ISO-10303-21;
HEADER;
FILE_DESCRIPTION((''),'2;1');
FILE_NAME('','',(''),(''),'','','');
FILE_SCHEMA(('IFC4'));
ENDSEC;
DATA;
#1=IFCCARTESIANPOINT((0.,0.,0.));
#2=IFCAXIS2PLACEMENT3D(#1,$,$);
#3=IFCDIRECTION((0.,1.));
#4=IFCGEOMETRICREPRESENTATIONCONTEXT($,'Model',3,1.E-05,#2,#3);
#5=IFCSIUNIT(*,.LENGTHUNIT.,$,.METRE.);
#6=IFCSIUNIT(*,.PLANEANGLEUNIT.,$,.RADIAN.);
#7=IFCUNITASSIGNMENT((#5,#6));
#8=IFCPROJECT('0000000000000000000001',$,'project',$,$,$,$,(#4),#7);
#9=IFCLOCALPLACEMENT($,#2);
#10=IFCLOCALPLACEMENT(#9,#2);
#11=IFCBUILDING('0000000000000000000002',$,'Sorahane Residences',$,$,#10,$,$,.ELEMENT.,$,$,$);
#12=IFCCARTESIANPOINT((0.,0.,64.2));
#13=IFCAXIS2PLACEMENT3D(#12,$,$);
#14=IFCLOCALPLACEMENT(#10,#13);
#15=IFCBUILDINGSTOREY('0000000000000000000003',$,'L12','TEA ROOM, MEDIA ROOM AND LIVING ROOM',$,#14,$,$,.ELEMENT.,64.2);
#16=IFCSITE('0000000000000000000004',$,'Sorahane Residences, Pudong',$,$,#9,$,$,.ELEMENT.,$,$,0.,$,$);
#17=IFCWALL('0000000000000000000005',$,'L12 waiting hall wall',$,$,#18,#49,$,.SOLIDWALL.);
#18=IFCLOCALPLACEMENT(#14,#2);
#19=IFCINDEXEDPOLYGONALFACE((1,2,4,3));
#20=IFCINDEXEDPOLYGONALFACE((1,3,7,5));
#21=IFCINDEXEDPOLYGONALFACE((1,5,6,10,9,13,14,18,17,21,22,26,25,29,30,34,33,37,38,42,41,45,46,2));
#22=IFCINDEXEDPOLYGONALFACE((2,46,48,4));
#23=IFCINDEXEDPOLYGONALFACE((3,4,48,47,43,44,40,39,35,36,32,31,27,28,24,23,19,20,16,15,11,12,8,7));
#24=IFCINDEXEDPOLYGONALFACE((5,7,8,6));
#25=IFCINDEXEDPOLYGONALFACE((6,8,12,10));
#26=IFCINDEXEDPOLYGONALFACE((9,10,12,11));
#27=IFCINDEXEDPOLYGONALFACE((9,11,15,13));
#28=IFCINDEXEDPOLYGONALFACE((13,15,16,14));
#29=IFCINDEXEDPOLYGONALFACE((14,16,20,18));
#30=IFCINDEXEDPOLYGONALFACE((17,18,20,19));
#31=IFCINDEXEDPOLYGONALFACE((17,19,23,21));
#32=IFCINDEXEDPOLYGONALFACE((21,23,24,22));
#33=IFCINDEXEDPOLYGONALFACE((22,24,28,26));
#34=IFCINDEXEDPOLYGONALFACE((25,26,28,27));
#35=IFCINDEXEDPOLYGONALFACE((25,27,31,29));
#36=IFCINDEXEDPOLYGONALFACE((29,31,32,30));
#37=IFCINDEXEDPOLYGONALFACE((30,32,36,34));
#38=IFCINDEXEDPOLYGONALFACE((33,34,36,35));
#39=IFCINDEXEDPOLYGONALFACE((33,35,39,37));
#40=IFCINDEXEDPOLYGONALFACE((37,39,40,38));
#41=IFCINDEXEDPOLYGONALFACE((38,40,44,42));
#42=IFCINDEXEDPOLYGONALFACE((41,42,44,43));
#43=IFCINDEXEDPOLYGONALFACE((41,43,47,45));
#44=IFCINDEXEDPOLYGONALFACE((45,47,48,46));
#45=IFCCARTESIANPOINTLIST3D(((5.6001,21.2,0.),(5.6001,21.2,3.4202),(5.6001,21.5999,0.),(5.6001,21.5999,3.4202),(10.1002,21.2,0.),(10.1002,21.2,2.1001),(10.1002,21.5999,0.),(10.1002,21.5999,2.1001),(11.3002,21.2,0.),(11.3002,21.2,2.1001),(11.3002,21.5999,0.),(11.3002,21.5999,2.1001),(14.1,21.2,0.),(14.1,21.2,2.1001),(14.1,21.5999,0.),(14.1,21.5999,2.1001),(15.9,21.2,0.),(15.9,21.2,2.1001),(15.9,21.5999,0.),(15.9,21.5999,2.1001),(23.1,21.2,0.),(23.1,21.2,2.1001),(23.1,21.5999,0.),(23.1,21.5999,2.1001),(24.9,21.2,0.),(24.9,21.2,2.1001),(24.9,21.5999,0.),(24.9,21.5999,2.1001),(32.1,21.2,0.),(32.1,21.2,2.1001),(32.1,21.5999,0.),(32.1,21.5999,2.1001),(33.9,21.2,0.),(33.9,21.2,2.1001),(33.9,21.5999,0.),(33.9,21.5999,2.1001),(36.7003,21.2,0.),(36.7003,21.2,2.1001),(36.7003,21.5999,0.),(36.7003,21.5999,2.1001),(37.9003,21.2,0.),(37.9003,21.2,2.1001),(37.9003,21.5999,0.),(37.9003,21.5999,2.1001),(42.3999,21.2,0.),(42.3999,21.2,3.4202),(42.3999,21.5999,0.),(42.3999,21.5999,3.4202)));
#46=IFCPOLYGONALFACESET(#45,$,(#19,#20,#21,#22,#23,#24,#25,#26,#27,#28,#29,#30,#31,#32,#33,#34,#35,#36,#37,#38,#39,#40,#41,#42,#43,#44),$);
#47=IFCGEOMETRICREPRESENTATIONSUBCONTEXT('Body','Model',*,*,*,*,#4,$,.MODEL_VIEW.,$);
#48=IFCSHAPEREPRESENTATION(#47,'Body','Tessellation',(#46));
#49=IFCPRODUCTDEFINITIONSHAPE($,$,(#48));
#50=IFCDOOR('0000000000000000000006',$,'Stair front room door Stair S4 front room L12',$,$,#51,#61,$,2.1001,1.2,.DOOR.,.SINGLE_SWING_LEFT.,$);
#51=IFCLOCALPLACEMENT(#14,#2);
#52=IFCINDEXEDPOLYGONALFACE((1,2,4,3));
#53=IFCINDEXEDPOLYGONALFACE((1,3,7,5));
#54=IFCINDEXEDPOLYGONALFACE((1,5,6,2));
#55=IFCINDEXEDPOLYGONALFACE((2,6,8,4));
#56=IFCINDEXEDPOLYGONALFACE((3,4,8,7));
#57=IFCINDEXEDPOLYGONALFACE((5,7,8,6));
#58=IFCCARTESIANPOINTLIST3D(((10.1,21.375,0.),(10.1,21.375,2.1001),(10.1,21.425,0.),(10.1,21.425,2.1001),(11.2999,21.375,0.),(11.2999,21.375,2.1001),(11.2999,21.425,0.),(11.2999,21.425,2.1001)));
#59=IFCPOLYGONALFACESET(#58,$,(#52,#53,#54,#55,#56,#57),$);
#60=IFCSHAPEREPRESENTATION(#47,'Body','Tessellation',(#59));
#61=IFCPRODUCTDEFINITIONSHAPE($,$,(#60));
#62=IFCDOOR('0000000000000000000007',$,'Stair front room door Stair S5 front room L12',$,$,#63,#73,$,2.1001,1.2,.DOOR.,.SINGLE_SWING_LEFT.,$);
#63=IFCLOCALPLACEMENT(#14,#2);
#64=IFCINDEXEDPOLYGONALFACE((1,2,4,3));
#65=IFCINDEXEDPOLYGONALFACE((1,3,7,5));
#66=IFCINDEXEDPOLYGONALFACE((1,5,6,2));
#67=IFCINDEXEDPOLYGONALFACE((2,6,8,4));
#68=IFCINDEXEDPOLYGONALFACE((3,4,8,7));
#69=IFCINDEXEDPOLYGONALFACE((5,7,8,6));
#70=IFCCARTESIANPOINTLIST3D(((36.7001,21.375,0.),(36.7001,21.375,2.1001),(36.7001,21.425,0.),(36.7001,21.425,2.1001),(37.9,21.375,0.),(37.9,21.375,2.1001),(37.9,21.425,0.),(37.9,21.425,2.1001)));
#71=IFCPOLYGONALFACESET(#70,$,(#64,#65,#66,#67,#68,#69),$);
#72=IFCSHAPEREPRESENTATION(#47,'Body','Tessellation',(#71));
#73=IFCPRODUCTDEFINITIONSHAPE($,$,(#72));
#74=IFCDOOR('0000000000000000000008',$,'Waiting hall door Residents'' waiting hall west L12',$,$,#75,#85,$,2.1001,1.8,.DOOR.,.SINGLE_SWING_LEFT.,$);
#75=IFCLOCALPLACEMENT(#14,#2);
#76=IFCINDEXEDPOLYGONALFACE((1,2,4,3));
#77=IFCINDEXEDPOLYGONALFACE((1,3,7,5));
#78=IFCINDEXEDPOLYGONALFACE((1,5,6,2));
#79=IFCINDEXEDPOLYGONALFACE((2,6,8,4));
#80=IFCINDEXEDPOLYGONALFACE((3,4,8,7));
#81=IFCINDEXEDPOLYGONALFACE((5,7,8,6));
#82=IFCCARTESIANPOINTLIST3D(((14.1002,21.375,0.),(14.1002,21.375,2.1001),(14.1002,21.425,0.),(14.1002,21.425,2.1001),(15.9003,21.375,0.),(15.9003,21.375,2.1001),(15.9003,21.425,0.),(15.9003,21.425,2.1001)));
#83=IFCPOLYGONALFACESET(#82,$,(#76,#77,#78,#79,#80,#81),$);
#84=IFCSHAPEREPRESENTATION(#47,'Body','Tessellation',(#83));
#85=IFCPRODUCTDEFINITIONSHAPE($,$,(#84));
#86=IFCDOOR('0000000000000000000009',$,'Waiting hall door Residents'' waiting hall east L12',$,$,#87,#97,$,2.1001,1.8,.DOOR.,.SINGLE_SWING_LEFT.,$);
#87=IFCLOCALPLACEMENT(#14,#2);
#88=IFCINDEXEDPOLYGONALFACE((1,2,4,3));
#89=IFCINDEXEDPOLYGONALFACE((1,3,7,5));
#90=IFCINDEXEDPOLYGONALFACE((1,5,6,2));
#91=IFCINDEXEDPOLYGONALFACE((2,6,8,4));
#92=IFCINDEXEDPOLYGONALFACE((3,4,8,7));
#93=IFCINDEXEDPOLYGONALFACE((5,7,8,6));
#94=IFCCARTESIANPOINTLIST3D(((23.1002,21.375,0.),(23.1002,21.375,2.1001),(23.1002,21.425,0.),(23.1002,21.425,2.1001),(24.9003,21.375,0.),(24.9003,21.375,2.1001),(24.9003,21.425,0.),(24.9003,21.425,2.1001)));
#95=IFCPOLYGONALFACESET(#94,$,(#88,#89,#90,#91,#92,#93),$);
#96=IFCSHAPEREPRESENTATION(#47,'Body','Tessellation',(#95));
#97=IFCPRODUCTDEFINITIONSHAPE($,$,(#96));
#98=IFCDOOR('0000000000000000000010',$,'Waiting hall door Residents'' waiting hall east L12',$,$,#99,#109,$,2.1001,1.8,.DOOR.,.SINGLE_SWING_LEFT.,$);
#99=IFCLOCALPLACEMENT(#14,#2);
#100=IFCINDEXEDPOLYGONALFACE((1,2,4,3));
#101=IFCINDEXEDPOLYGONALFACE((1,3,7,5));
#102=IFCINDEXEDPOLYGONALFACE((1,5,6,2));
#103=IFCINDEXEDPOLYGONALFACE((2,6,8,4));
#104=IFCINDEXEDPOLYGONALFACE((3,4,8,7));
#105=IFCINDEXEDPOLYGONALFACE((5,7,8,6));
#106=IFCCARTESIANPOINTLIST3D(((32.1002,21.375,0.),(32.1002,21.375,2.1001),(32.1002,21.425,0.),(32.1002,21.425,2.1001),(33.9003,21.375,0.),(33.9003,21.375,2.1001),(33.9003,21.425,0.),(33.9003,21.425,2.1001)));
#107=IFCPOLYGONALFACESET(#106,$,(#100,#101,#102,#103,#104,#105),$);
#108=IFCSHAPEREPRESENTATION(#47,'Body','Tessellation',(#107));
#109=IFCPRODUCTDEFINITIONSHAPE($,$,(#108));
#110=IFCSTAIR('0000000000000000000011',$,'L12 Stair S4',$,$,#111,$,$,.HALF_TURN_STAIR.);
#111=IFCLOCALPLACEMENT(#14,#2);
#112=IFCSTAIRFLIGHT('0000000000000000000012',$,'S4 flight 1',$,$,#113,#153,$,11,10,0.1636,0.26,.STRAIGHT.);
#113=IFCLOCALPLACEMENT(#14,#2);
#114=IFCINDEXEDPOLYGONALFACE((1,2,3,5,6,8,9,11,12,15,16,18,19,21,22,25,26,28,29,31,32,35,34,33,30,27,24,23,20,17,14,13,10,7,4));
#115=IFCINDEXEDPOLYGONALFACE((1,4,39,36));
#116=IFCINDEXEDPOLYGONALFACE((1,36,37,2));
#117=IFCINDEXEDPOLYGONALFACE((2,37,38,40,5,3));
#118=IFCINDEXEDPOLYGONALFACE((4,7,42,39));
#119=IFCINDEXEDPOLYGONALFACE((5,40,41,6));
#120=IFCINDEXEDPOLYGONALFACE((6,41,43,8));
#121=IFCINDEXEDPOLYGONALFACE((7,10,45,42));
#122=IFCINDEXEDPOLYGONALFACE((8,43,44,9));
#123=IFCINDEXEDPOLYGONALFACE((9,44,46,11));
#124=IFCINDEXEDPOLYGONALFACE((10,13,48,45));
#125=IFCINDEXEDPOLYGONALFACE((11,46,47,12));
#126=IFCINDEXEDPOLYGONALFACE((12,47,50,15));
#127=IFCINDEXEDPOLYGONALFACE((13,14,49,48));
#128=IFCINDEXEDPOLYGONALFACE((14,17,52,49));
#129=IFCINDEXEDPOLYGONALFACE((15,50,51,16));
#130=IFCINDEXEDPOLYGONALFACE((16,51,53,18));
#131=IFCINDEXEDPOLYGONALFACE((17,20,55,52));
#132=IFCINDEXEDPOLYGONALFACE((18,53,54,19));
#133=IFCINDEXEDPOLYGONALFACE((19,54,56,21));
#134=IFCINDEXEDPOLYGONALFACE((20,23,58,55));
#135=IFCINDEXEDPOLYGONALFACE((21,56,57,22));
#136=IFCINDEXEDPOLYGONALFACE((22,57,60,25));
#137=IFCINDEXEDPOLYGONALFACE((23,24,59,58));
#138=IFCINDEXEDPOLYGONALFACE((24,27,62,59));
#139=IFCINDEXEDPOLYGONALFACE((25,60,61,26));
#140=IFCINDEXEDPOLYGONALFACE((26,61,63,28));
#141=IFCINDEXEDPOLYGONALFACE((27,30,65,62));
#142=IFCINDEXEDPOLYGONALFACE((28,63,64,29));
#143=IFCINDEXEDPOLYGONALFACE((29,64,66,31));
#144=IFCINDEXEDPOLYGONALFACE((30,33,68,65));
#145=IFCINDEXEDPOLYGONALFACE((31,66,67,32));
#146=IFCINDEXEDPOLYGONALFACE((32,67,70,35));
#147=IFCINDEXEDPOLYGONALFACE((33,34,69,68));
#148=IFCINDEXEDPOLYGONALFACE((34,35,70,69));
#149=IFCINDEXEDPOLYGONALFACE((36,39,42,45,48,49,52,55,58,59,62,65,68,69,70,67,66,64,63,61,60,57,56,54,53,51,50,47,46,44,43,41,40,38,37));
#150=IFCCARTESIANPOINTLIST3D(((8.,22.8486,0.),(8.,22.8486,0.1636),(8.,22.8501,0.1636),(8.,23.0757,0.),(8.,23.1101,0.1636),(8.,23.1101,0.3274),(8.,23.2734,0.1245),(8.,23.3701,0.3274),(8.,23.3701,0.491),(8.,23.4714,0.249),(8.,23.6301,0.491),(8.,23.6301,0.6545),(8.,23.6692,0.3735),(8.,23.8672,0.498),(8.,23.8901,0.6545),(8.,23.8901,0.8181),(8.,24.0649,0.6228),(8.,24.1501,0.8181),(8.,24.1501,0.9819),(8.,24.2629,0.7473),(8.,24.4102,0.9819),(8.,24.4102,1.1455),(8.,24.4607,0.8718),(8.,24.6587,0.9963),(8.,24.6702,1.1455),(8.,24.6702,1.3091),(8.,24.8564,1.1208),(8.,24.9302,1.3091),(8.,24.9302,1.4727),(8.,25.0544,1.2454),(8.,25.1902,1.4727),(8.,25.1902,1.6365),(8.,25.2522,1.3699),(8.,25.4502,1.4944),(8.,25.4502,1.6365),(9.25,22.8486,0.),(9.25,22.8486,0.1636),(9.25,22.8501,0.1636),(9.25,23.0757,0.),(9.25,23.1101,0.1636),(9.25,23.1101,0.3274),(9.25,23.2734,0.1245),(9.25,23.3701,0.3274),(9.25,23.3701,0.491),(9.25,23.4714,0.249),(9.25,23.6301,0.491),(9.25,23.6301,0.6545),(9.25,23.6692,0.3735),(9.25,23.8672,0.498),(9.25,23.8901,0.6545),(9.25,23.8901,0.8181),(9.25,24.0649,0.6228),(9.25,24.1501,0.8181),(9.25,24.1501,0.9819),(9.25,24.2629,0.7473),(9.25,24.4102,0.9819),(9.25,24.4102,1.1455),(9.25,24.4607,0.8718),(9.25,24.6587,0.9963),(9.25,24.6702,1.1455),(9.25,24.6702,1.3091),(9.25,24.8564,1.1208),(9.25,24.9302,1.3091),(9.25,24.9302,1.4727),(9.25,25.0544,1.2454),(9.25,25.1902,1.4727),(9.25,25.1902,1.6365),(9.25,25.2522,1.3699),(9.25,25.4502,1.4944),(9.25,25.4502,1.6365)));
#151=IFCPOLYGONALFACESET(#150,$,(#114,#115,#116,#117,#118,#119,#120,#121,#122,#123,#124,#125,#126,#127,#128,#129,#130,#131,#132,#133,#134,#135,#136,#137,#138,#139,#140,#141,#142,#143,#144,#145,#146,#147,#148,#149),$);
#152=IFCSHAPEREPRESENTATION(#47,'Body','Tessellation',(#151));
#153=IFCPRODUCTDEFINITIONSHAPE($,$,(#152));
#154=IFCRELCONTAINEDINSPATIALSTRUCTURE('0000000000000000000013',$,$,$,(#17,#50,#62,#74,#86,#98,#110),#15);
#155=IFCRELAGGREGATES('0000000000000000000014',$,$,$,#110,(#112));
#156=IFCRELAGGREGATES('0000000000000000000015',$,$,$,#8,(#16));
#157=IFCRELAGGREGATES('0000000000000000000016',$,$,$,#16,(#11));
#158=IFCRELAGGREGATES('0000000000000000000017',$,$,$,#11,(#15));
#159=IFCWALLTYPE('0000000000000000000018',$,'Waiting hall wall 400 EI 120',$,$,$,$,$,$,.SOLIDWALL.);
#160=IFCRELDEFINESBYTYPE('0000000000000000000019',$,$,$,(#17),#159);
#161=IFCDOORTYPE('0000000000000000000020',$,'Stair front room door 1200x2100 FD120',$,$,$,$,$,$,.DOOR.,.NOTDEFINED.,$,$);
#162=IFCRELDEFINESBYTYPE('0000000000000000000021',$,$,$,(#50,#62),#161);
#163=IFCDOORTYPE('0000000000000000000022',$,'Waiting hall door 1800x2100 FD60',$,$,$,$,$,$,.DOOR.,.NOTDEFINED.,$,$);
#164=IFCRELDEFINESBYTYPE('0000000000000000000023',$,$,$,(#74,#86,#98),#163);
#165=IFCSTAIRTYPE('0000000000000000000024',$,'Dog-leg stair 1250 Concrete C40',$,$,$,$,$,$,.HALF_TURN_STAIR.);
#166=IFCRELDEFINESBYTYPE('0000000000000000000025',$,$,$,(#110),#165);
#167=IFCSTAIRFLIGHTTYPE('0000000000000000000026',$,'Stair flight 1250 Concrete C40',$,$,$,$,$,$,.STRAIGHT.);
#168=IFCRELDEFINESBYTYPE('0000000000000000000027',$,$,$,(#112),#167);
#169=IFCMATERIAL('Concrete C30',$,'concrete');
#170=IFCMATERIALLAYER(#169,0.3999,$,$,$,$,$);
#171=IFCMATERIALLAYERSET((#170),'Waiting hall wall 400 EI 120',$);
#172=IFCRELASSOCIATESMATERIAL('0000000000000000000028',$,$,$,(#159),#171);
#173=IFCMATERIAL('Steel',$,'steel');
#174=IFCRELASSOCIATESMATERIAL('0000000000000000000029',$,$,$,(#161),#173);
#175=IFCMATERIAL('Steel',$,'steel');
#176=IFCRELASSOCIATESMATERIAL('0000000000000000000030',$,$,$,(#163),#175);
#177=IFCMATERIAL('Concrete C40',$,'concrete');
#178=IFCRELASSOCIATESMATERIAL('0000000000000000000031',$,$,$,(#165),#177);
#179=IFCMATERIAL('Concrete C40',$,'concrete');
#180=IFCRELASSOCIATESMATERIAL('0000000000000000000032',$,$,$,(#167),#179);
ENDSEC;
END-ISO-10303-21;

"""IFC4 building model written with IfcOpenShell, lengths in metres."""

from ifc_helpers import new_model, si_unit, direction, frame, frame_2d, origin, place, context, subcontext, project, spatial, polyline, rectangle, outline, extrude, material, layer, layer_set, type_object, element, fill, aggregate, save


model = new_model("IFC4")

# Units and contexts
model_context = context("Model", 3, precision=1e-05, world=origin(), true_north=direction((0.0, 1.0)))
body_context = subcontext(model_context, "Body", "Model", "MODEL_VIEW")
ifc_project = project(units=[si_unit("LENGTHUNIT", "METRE"), si_unit("PLANEANGLEUNIT", "RADIAN")], contexts=[model_context])

# Site, building, storey
site_placement = place(None, origin())
site = spatial("IfcSite", under=ifc_project, at=site_placement, Name="Sorahane Residences, Pudong", CompositionType="ELEMENT", RefElevation=0.0)
building_placement = place(site_placement, origin())
building = spatial("IfcBuilding", under=site, at=building_placement, Name="Sorahane Residences", CompositionType="ELEMENT")
storey_placement = place(building_placement, frame((0.0, 0.0, 64.2)))
storey = spatial("IfcBuildingStorey", under=building, at=storey_placement, Name="L12", Description="TEA ROOM, MEDIA ROOM AND LIVING ROOM", CompositionType="ELEMENT", Elevation=64.2)

# Wall, openings, doors
ifc_material_1 = material(Name="Concrete C30", Category="concrete")
ifc_layer_1 = layer(ifc_material_1, 0.3999)
ifc_layer_set_1 = layer_set([ifc_layer_1], Name="Waiting hall wall 400 EI 120")
wall_type_1 = type_object("IfcWallType", Name="Waiting hall wall 400 EI 120", PredefinedType="SOLIDWALL", material=ifc_layer_set_1)
wall_1_placement = place(storey_placement, frame((5.6001, 21.3999, 0.0), z_axis=(0.0, 0.0, 1.0), x_axis=(1.0, 0.0, 0.0)))
wall_1 = element("IfcWall", 1, at=wall_1_placement, inside=storey, type_object=wall_type_1, Name="L12 waiting hall wall", PredefinedType="SOLIDWALL", context=body_context, shape_type="SweptSolid", body=[
    extrude(rectangle(XDim=36.7998, YDim=0.3999, at=frame_2d((18.3999, 0.0))), origin(), (0.0, 0.0, 1.0), 3.4202),
])
opening_1_placement = place(wall_1_placement, frame((8.5, 0.0, 0.0)))
opening_1 = element("IfcOpeningElement", 2, at=opening_1_placement, cuts=wall_1, PredefinedType="OPENING", context=body_context, shape_type="SweptSolid", body=[
    extrude(rectangle(XDim=1.8, YDim=2.1001, at=frame_2d((0.8999, 1.05))), frame((0.0, 0.21, 0.0), z_axis=(0.0, -1.0, 0.0), x_axis=(1.0, 0.0, 0.0)), (0.0, 0.0, 1.0), 0.4199),
])
opening_2_placement = place(wall_1_placement, frame((17.5, 0.0, 0.0)))
opening_2 = element("IfcOpeningElement", 3, at=opening_2_placement, cuts=wall_1, PredefinedType="OPENING", context=body_context, shape_type="SweptSolid", body=[
    extrude(rectangle(XDim=1.8, YDim=2.1001, at=frame_2d((0.8999, 1.05))), frame((0.0, 0.21, 0.0), z_axis=(0.0, -1.0, 0.0), x_axis=(1.0, 0.0, 0.0)), (0.0, 0.0, 1.0), 0.4199),
])
opening_3_placement = place(wall_1_placement, frame((26.5, 0.0, 0.0)))
opening_3 = element("IfcOpeningElement", 4, at=opening_3_placement, cuts=wall_1, PredefinedType="OPENING", context=body_context, shape_type="SweptSolid", body=[
    extrude(rectangle(XDim=1.8, YDim=2.1001, at=frame_2d((0.8999, 1.05))), frame((0.0, 0.21, 0.0), z_axis=(0.0, -1.0, 0.0), x_axis=(1.0, 0.0, 0.0)), (0.0, 0.0, 1.0), 0.4199),
])
opening_4_placement = place(wall_1_placement, frame((4.5, 0.0, 0.0)))
opening_4 = element("IfcOpeningElement", 5, at=opening_4_placement, cuts=wall_1, PredefinedType="OPENING", context=body_context, shape_type="SweptSolid", body=[
    extrude(rectangle(XDim=1.2, YDim=2.1001, at=frame_2d((0.6001, 1.05))), frame((0.0, 0.21, 0.0), z_axis=(0.0, -1.0, 0.0), x_axis=(1.0, 0.0, 0.0)), (0.0, 0.0, 1.0), 0.4199),
])
opening_5_placement = place(wall_1_placement, frame((31.1001, 0.0, 0.0)))
opening_5 = element("IfcOpeningElement", 6, at=opening_5_placement, cuts=wall_1, PredefinedType="OPENING", context=body_context, shape_type="SweptSolid", body=[
    extrude(rectangle(XDim=1.2, YDim=2.1001, at=frame_2d((0.6001, 1.05))), frame((0.0, 0.21, 0.0), z_axis=(0.0, -1.0, 0.0), x_axis=(1.0, 0.0, 0.0)), (0.0, 0.0, 1.0), 0.4199),
])
ifc_material_2 = material(Name="Steel", Category="steel")
door_type_1 = type_object("IfcDoorType", Name="Stair front room door 1200x2100 FD120", OperationType="NOTDEFINED", PredefinedType="DOOR", material=ifc_material_2)
door_1_placement = place(opening_4_placement, frame((1.2, 0.0, 0.0), z_axis=(0.0, 0.0, 1.0), x_axis=(-1.0, 0.0, 0.0)))
door_1 = element("IfcDoor", 7, at=door_1_placement, inside=storey, type_object=door_type_1, Name="Stair front room door Stair S4 front room L12", OperationType="SINGLE_SWING_LEFT", OverallHeight=2.1001, OverallWidth=1.2, PredefinedType="DOOR", context=body_context, shape_type="SweptSolid", body=[
    extrude(rectangle(XDim=1.2, YDim=2.1001, at=frame_2d((0.6001, 1.05))), frame((0.0, 0.0249, 0.0), z_axis=(0.0, -1.0, 0.0), x_axis=(1.0, 0.0, 0.0)), (0.0, 0.0, 1.0), 0.05),
])
fill(opening_4, door_1)
door_2_placement = place(opening_5_placement, frame((1.2, 0.0, 0.0), z_axis=(0.0, 0.0, 1.0), x_axis=(-1.0, 0.0, 0.0)))
door_2 = element("IfcDoor", 8, at=door_2_placement, inside=storey, type_object=door_type_1, Name="Stair front room door Stair S5 front room L12", OperationType="SINGLE_SWING_LEFT", OverallHeight=2.1001, OverallWidth=1.2, PredefinedType="DOOR", context=body_context, shape_type="SweptSolid", body=[
    extrude(rectangle(XDim=1.2, YDim=2.1001, at=frame_2d((0.6001, 1.05))), frame((0.0, 0.0249, 0.0), z_axis=(0.0, -1.0, 0.0), x_axis=(1.0, 0.0, 0.0)), (0.0, 0.0, 1.0), 0.05),
])
fill(opening_5, door_2)
ifc_material_3 = material(Name="Steel", Category="steel")
door_type_2 = type_object("IfcDoorType", Name="Waiting hall door 1800x2100 FD60", OperationType="NOTDEFINED", PredefinedType="DOOR", material=ifc_material_3)
door_3_placement = place(opening_1_placement, frame((1.8, 0.0, 0.0), z_axis=(0.0, 0.0, 1.0), x_axis=(-1.0, 0.0, 0.0)))
door_3 = element("IfcDoor", 9, at=door_3_placement, inside=storey, type_object=door_type_2, Name="Waiting hall door Residents' waiting hall west L12", OperationType="SINGLE_SWING_LEFT", OverallHeight=2.1001, OverallWidth=1.8, PredefinedType="DOOR", context=body_context, shape_type="SweptSolid", body=[
    extrude(rectangle(XDim=1.8, YDim=2.1001, at=frame_2d((0.8999, 1.05))), frame((0.0, 0.0249, 0.0), z_axis=(0.0, -1.0, 0.0), x_axis=(1.0, 0.0, 0.0)), (0.0, 0.0, 1.0), 0.05),
])
fill(opening_1, door_3)
door_4_placement = place(opening_2_placement, frame((1.8, 0.0, 0.0), z_axis=(0.0, 0.0, 1.0), x_axis=(-1.0, 0.0, 0.0)))
door_4 = element("IfcDoor", 10, at=door_4_placement, inside=storey, type_object=door_type_2, Name="Waiting hall door Residents' waiting hall east L12", OperationType="SINGLE_SWING_LEFT", OverallHeight=2.1001, OverallWidth=1.8, PredefinedType="DOOR", context=body_context, shape_type="SweptSolid", body=[
    extrude(rectangle(XDim=1.8, YDim=2.1001, at=frame_2d((0.8999, 1.05))), frame((0.0, 0.0249, 0.0), z_axis=(0.0, -1.0, 0.0), x_axis=(1.0, 0.0, 0.0)), (0.0, 0.0, 1.0), 0.05),
])
fill(opening_2, door_4)
door_5_placement = place(opening_3_placement, frame((1.8, 0.0, 0.0), z_axis=(0.0, 0.0, 1.0), x_axis=(-1.0, 0.0, 0.0)))
door_5 = element("IfcDoor", 11, at=door_5_placement, inside=storey, type_object=door_type_2, Name="Waiting hall door Residents' waiting hall east L12", OperationType="SINGLE_SWING_LEFT", OverallHeight=2.1001, OverallWidth=1.8, PredefinedType="DOOR", context=body_context, shape_type="SweptSolid", body=[
    extrude(rectangle(XDim=1.8, YDim=2.1001, at=frame_2d((0.8999, 1.05))), frame((0.0, 0.0249, 0.0), z_axis=(0.0, -1.0, 0.0), x_axis=(1.0, 0.0, 0.0)), (0.0, 0.0, 1.0), 0.05),
])
fill(opening_3, door_5)

# Stair, stair flight
ifc_material_4 = material(Name="Concrete C40", Category="concrete")
stair_type = type_object("IfcStairType", Name="Dog-leg stair 1250 Concrete C40", PredefinedType="HALF_TURN_STAIR", material=ifc_material_4)
stair_placement = place(storey_placement, origin())
stair = element("IfcStair", 12, at=stair_placement, inside=storey, type_object=stair_type, Name="L12 Stair S4", PredefinedType="HALF_TURN_STAIR")
ifc_material_5 = material(Name="Concrete C40", Category="concrete")
stair_flight_type = type_object("IfcStairFlightType", Name="Stair flight 1250 Concrete C40", PredefinedType="STRAIGHT", material=ifc_material_5)
stair_flight_placement = place(storey_placement, frame((8.625, 22.8501, 0.0), z_axis=(0.0, 0.0, 1.0), x_axis=(0.0, 1.0, 0.0)))
stair_flight = element("IfcStairFlight", 13, at=stair_flight_placement, type_object=stair_flight_type, Name="S4 flight 1", NumberOfRisers=11, NumberOfTreads=10, PredefinedType="STRAIGHT", RiserHeight=0.1636, TreadLength=0.26, context=body_context, shape_type="SweptSolid", body=[
    extrude(outline(polyline([(-0.0015, 0.0), (-0.0015, 0.1636), (0.0, 0.1636), (0.26, 0.1636), (0.26, 0.3274), (0.52, 0.3274), (0.52, 0.491), (0.78, 0.491), (0.78, 0.6545), (1.04, 0.6545), (1.04, 0.8181), (1.3, 0.8181), (1.3, 0.9819), (1.5601, 0.9819), (1.5601, 1.1455), (1.8201, 1.1455), (1.8201, 1.3091), (2.0801, 1.3091), (2.0801, 1.4727), (2.3401, 1.4727), (2.3401, 1.6365), (2.6001, 1.6365), (2.6001, 1.8), (2.6001, 1.4944), (2.4021, 1.3699), (2.2043, 1.2454), (2.0063, 1.1208), (1.8086, 0.9963), (1.6106, 0.8718), (1.4128, 0.7473), (1.2148, 0.6228), (1.0171, 0.498), (0.8191, 0.3735), (0.6213, 0.249), (0.4233, 0.1245), (0.2256, 0.0), (-0.0015, 0.0)])), frame((0.0, 0.625, 0.0), z_axis=(0.0, -1.0, 0.0), x_axis=(1.0, 0.0, 0.0)), (0.0, 0.0, 1.0), 1.25),
])
aggregate(stair, [stair_flight])

save(model, "model.ifc")
